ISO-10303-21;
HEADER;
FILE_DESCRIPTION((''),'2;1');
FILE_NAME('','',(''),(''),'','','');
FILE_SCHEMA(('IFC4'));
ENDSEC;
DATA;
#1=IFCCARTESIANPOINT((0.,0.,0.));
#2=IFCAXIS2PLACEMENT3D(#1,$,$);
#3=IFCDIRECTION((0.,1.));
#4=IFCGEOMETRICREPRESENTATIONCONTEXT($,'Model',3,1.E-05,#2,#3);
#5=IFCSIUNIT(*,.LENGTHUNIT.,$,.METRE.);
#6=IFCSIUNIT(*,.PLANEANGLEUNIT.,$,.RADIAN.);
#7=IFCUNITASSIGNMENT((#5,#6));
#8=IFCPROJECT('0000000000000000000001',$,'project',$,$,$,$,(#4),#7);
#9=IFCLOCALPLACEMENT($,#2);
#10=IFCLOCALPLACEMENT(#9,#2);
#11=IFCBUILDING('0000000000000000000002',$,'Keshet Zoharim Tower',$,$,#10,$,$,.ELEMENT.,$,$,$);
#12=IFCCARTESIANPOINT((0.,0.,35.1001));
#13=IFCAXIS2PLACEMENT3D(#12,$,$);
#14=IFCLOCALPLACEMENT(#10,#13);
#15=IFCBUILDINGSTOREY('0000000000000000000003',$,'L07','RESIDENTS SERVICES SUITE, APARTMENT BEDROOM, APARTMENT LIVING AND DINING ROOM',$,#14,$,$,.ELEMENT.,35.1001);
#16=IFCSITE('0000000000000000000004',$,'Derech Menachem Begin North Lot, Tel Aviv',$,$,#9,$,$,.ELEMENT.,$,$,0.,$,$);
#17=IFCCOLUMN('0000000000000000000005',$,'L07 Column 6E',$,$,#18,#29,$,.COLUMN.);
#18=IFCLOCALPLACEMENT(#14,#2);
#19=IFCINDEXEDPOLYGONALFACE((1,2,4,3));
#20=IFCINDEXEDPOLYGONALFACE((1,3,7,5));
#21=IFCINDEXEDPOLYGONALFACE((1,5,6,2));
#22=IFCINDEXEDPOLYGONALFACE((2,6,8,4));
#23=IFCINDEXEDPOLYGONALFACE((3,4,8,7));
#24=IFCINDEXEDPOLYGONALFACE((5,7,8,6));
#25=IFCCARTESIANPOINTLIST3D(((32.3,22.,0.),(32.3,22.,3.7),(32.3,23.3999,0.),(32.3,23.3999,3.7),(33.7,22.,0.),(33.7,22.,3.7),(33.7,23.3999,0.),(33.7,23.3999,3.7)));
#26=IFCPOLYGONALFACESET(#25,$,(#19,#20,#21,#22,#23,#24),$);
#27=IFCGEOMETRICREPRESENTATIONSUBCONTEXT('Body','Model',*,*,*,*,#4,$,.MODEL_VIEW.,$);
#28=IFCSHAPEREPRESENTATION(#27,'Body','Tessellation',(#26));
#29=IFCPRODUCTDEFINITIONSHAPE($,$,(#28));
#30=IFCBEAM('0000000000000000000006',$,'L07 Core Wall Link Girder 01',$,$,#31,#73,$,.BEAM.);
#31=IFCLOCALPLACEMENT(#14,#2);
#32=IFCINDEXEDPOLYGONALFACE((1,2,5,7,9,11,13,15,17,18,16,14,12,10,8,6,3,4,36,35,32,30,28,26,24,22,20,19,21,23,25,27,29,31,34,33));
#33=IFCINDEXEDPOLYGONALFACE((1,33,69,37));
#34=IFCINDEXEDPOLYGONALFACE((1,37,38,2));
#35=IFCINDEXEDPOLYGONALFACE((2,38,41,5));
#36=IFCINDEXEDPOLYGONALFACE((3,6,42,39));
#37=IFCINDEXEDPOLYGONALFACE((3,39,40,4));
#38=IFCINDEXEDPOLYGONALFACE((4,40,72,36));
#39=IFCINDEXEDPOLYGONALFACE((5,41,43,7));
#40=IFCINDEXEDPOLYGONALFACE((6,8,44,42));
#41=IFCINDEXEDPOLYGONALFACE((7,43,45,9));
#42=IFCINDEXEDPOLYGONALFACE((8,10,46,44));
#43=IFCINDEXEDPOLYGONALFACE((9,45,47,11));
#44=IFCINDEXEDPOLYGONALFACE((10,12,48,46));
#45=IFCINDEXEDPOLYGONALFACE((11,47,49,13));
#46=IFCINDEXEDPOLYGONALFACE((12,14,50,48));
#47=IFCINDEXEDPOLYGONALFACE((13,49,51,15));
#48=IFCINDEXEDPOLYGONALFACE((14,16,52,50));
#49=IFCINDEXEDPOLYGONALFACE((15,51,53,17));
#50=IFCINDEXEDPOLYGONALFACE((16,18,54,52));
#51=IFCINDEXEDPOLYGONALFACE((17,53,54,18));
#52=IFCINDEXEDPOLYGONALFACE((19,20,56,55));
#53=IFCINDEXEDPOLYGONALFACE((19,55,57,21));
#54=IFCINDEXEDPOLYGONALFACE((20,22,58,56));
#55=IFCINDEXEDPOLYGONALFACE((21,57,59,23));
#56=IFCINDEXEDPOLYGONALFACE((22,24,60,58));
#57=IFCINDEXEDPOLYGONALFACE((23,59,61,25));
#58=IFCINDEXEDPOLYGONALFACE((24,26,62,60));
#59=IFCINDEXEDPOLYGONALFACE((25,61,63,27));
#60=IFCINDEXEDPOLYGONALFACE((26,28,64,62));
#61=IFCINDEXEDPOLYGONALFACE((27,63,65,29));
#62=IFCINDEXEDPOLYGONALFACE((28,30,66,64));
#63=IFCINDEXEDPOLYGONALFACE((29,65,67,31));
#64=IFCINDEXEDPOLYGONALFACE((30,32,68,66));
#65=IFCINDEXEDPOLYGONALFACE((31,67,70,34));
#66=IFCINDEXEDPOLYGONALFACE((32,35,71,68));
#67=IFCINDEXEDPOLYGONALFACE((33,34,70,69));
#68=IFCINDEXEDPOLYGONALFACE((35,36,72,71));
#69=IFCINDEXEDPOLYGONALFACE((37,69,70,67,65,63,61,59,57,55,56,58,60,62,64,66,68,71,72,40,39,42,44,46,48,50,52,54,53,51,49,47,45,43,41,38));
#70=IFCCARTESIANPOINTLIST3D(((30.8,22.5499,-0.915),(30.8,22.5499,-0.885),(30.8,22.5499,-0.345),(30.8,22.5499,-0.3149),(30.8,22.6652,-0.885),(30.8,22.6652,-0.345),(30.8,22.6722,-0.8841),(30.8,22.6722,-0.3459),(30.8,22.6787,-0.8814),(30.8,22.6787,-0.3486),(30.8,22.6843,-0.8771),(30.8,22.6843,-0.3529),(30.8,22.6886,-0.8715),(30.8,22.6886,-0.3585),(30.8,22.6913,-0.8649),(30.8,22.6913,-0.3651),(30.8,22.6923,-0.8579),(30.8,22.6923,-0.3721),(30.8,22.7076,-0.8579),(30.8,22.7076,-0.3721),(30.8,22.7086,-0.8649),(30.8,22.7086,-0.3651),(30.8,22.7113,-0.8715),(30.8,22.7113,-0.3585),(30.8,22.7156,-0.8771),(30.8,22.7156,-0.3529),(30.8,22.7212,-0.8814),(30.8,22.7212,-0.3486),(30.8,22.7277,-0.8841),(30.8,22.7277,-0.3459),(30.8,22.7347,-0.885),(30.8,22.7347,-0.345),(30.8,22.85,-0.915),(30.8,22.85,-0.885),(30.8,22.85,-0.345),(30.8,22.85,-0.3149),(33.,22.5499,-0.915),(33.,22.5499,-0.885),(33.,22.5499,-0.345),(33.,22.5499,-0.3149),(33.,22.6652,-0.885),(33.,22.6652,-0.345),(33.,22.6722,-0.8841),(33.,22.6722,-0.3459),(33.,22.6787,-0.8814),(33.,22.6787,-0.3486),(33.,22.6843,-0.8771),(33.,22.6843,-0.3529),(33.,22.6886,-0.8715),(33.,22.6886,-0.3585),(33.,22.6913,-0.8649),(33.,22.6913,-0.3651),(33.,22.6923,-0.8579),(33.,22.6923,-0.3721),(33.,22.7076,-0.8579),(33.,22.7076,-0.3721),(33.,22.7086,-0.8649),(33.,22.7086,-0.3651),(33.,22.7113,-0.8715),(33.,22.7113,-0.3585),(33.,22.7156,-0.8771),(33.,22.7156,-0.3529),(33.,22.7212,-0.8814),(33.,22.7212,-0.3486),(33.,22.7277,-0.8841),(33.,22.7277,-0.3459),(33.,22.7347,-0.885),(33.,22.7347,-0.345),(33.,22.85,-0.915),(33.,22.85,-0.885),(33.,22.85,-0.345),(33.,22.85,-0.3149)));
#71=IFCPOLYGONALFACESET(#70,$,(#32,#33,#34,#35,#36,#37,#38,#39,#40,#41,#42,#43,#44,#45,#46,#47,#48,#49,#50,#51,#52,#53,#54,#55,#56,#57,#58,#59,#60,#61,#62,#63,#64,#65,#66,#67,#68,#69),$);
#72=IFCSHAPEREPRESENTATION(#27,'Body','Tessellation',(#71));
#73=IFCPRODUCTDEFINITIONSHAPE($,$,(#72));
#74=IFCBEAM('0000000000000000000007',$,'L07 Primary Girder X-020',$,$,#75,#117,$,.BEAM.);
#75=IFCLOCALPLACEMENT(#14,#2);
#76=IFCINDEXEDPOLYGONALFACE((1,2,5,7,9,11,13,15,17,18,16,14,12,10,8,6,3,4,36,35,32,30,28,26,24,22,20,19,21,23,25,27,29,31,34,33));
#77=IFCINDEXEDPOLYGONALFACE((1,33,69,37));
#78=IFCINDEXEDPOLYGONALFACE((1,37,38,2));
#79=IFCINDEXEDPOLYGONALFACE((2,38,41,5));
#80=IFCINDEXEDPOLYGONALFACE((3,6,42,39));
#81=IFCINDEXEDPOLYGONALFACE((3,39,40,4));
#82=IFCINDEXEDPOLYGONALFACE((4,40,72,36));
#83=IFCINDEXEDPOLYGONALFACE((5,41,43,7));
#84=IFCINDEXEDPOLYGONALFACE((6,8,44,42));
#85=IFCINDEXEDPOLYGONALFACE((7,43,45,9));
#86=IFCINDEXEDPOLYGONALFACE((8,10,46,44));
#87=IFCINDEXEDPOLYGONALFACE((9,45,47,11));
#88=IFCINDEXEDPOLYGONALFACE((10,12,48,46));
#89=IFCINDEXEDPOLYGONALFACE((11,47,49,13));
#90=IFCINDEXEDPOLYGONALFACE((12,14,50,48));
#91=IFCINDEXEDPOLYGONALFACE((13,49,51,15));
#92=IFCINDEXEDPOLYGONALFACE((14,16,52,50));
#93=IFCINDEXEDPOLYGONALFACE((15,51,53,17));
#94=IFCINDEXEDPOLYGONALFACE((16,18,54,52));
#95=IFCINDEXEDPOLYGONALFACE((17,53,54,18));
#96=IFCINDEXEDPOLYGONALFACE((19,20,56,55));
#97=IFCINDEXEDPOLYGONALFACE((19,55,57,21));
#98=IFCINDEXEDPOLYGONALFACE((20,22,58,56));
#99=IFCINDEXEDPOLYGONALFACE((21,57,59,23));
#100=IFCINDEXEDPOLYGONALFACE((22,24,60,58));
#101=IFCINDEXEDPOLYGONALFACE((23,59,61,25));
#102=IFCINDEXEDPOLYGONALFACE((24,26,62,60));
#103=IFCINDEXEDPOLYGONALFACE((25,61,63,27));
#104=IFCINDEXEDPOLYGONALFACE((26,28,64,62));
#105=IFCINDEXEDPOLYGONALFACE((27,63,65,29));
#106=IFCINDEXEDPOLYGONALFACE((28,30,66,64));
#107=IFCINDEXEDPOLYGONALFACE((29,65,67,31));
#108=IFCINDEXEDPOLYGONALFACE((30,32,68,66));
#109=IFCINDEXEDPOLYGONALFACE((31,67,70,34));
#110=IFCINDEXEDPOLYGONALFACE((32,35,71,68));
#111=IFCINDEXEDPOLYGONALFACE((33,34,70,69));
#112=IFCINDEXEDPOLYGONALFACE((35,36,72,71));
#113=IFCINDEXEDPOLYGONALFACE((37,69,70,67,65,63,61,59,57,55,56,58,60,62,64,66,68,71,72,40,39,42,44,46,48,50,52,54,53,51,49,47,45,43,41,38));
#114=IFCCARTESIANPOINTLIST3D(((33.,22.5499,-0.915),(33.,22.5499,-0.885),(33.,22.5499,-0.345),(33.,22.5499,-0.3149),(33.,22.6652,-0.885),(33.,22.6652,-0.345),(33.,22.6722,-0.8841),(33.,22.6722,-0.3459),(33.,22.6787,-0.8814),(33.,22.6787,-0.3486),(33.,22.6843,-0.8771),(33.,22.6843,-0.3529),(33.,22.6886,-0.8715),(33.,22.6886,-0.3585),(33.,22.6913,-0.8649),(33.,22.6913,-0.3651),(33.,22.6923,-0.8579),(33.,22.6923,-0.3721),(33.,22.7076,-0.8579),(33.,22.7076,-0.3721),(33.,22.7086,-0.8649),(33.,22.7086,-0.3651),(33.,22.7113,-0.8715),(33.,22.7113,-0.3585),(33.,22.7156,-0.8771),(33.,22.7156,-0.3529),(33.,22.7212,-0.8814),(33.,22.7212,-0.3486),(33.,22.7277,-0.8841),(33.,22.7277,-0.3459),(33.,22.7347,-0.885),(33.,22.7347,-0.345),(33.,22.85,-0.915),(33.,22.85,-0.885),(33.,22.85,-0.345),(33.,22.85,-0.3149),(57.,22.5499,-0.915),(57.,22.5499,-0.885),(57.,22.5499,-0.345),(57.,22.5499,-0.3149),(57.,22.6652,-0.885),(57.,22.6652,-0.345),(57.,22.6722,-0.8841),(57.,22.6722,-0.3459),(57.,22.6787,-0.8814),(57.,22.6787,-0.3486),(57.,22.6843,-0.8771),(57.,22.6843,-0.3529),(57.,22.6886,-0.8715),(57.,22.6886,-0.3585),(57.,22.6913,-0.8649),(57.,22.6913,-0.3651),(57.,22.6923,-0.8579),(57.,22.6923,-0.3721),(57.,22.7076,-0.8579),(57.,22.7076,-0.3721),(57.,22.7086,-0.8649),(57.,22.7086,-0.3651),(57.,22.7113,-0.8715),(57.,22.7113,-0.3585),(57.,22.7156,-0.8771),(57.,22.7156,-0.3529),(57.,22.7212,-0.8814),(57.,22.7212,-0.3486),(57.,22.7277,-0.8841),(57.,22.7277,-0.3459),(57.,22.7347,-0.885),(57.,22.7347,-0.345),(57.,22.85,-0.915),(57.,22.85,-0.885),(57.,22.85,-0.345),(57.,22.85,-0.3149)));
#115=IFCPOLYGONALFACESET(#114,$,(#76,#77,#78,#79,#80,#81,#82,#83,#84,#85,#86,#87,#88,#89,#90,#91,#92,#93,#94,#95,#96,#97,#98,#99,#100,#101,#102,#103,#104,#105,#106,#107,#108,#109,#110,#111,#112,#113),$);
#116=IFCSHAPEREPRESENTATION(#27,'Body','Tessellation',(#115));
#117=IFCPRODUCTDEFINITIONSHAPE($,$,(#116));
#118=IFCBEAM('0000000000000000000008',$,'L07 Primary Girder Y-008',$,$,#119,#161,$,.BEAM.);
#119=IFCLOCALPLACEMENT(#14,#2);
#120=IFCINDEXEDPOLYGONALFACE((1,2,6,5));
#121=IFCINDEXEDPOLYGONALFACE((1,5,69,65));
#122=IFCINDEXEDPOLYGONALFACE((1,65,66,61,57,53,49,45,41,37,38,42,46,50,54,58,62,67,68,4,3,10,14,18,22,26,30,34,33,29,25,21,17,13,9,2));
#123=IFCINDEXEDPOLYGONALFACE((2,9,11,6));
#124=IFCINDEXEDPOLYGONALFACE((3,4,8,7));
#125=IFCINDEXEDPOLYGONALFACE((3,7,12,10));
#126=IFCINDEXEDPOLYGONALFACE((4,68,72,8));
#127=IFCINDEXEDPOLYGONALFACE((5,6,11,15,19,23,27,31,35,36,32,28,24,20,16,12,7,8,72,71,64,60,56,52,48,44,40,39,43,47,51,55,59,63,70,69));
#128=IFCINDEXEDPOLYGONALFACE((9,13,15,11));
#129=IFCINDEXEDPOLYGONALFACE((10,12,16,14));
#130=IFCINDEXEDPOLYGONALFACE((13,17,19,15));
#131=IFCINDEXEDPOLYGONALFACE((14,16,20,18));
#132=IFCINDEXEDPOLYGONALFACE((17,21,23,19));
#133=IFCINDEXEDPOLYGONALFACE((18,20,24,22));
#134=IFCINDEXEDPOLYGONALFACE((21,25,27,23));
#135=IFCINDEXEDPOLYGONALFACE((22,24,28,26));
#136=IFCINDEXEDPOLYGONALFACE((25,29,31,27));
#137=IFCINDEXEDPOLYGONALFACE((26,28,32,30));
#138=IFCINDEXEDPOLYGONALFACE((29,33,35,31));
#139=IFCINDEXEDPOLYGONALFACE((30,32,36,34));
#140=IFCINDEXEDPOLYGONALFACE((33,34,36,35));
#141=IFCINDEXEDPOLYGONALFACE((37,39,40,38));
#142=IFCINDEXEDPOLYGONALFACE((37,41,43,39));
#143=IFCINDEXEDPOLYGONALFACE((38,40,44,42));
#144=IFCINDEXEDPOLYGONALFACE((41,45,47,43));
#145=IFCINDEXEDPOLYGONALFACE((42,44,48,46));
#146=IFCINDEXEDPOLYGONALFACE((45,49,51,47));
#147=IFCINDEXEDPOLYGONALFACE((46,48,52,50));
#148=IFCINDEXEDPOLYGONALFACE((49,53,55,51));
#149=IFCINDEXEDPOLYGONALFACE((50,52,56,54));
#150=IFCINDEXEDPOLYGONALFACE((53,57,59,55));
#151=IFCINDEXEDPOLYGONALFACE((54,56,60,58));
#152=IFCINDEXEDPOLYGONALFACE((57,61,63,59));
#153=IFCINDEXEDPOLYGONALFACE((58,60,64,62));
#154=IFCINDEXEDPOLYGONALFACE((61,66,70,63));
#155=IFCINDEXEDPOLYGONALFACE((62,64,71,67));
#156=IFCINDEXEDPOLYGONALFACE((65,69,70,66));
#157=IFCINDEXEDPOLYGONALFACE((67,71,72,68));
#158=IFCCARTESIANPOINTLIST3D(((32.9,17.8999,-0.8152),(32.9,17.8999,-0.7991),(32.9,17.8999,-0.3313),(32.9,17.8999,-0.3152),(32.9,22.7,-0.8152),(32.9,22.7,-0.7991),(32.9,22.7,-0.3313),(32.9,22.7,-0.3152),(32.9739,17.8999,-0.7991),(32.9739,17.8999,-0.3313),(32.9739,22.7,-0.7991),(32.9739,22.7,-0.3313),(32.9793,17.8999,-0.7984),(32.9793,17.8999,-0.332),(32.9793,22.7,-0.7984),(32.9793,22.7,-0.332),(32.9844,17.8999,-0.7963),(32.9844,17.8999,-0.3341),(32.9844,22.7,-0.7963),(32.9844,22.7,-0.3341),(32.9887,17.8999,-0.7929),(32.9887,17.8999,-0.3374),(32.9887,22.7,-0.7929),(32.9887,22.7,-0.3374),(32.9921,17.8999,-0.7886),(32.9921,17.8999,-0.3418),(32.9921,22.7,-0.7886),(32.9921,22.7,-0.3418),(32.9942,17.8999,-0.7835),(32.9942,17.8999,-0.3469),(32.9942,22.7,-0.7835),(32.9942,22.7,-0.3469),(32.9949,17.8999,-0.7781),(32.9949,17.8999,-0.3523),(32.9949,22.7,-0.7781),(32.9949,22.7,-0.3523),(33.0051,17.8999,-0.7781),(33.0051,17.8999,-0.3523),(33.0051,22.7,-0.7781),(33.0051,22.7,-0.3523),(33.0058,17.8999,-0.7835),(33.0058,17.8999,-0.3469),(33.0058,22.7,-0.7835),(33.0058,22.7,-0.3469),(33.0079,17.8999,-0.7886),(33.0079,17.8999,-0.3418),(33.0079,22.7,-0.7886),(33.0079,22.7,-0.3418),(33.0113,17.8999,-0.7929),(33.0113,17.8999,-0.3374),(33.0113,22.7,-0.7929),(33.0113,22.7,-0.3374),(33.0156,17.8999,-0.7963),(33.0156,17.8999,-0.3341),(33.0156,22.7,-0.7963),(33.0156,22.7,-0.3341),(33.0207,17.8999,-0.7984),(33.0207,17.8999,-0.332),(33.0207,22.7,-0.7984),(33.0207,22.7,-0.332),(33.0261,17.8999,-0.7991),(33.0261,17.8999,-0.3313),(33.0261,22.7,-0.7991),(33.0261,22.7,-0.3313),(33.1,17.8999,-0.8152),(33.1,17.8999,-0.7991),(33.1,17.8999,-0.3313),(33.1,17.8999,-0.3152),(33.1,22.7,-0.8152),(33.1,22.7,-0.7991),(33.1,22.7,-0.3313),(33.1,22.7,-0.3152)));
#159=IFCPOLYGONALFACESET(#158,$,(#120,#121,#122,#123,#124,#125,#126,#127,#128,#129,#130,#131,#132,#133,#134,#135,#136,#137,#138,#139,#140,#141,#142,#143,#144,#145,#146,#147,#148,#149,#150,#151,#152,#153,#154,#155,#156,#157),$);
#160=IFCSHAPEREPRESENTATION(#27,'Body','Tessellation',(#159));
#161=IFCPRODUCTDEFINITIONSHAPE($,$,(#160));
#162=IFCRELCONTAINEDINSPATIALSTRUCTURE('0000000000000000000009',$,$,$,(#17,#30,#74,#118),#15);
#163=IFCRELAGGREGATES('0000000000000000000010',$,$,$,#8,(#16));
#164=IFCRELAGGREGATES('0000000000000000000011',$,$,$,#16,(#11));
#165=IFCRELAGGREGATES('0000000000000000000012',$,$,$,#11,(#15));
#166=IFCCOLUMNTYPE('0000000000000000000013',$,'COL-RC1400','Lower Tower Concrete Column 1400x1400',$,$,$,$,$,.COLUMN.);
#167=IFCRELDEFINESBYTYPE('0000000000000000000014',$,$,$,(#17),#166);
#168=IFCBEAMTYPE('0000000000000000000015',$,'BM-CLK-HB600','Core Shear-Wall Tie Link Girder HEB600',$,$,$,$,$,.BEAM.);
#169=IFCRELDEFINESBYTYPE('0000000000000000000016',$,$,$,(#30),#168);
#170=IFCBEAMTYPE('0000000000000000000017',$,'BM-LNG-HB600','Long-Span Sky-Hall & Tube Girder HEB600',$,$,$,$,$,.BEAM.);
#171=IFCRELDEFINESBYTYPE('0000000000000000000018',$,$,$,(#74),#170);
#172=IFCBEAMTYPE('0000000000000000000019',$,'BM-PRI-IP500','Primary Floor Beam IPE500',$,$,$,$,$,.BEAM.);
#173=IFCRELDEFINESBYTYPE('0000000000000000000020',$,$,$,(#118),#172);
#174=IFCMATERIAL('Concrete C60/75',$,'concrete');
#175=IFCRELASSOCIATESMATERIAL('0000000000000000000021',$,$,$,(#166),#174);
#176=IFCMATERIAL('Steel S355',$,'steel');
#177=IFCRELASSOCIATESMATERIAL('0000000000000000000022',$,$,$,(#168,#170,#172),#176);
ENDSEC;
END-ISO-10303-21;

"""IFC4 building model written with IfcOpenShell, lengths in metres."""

from ifc_helpers import new_model, si_unit, direction, frame, origin, origin_2d, place, context, subcontext, project, spatial, rectangle, i_section, extrude, material, material_profile, profile_set, type_object, element, save


model = new_model("IFC4")

# Units and contexts
model_context = context("Model", 3, precision=1e-05, world=origin(), true_north=direction((0.0, 1.0)))
body_context = subcontext(model_context, "Body", "Model", "MODEL_VIEW")
ifc_project = project(units=[si_unit("LENGTHUNIT", "METRE"), si_unit("PLANEANGLEUNIT", "RADIAN")], contexts=[model_context])

# Site, building, storey
site_placement = place(None, origin())
site = spatial("IfcSite", under=ifc_project, at=site_placement, Name="Derech Menachem Begin North Lot, Tel Aviv", CompositionType="ELEMENT", RefElevation=0.0)
building_placement = place(site_placement, origin())
building = spatial("IfcBuilding", under=site, at=building_placement, Name="Keshet Zoharim Tower", CompositionType="ELEMENT")
storey_placement = place(building_placement, frame((0.0, 0.0, 35.1001)))
storey = spatial("IfcBuildingStorey", under=building, at=storey_placement, Name="L07", Description="RESIDENTS SERVICES SUITE, APARTMENT BEDROOM, APARTMENT LIVING AND DINING ROOM", CompositionType="ELEMENT", Elevation=35.1001)

# Column
ifc_material_1 = material(Name="Concrete C60/75", Category="concrete")
ifc_material_profile_1 = material_profile(ifc_material_1, rectangle(XDim=1.3999, YDim=1.3999, at=origin_2d()), Name="RC1400x1400")
ifc_profile_set_1 = profile_set([ifc_material_profile_1], Name="Concrete C60/75")
column_type = type_object("IfcColumnType", Name="COL-RC1400", Description="Lower Tower Concrete Column 1400x1400", PredefinedType="COLUMN", material=ifc_profile_set_1)
column_placement = place(storey_placement, frame((33.0, 22.7, 0.0), z_axis=(0.0, 0.0, 1.0), x_axis=(1.0, 0.0, 0.0)))
element("IfcColumn", 1, at=column_placement, inside=storey, type_object=column_type, Name="L07 Column 6E", PredefinedType="COLUMN", context=body_context, shape_type="SweptSolid", body=[
    extrude(rectangle(XDim=1.3999, YDim=1.3999, at=origin_2d()), origin(), (0.0, 0.0, 1.0), 3.7),
])

# Beams
ifc_material_2 = material(Name="Steel S355", Category="steel")
ifc_material_profile_2 = material_profile(ifc_material_2, i_section(OverallWidth=0.3, OverallDepth=0.6001, WebThickness=0.0154, FlangeThickness=0.03, FilletRadius=0.0271, at=origin_2d()), Name="HEB600")
ifc_profile_set_2 = profile_set([ifc_material_profile_2], Name="Steel S355")
beam_type_1 = type_object("IfcBeamType", Name="BM-CLK-HB600", Description="Core Shear-Wall Tie Link Girder HEB600", PredefinedType="BEAM", material=ifc_profile_set_2)
beam_1_placement = place(storey_placement, frame((30.8, 22.7, -0.615), z_axis=(1.0, 0.0, 0.0), x_axis=(0.0, 1.0, 0.0)))
element("IfcBeam", 2, at=beam_1_placement, inside=storey, type_object=beam_type_1, Name="L07 Core Wall Link Girder 01", PredefinedType="BEAM", context=body_context, shape_type="SweptSolid", body=[
    extrude(i_section(OverallWidth=0.3, OverallDepth=0.6001, WebThickness=0.0154, FlangeThickness=0.03, FilletRadius=0.0271, at=origin_2d()), origin(), (0.0, 0.0, 1.0), 2.2),
])
ifc_material_profile_3 = material_profile(ifc_material_2, i_section(OverallWidth=0.3, OverallDepth=0.6001, WebThickness=0.0154, FlangeThickness=0.03, FilletRadius=0.0271, at=origin_2d()), Name="HEB600")
ifc_profile_set_3 = profile_set([ifc_material_profile_3], Name="Steel S355")
beam_type_2 = type_object("IfcBeamType", Name="BM-LNG-HB600", Description="Long-Span Sky-Hall & Tube Girder HEB600", PredefinedType="BEAM", material=ifc_profile_set_3)
beam_2_placement = place(storey_placement, frame((33.0, 22.7, -0.615), z_axis=(1.0, 0.0, 0.0), x_axis=(0.0, 1.0, 0.0)))
element("IfcBeam", 3, at=beam_2_placement, inside=storey, type_object=beam_type_2, Name="L07 Primary Girder X-020", PredefinedType="BEAM", context=body_context, shape_type="SweptSolid", body=[
    extrude(i_section(OverallWidth=0.3, OverallDepth=0.6001, WebThickness=0.0154, FlangeThickness=0.03, FilletRadius=0.0271, at=origin_2d()), origin(), (0.0, 0.0, 1.0), 24.0),
])
ifc_material_profile_4 = material_profile(ifc_material_2, i_section(OverallWidth=0.2, OverallDepth=0.5, WebThickness=0.0103, FlangeThickness=0.0161, FilletRadius=0.021, at=origin_2d()), Name="IPE500")
ifc_profile_set_4 = profile_set([ifc_material_profile_4], Name="Steel S355")
beam_type_3 = type_object("IfcBeamType", Name="BM-PRI-IP500", Description="Primary Floor Beam IPE500", PredefinedType="BEAM", material=ifc_profile_set_4)
beam_3_placement = place(storey_placement, frame((33.0, 17.8999, -0.5652), z_axis=(0.0, 1.0, 0.0), x_axis=(-1.0, 0.0, 0.0)))
element("IfcBeam", 4, at=beam_3_placement, inside=storey, type_object=beam_type_3, Name="L07 Primary Girder Y-008", PredefinedType="BEAM", context=body_context, shape_type="SweptSolid", body=[
    extrude(i_section(OverallWidth=0.2, OverallDepth=0.5, WebThickness=0.0103, FlangeThickness=0.0161, FilletRadius=0.021, at=origin_2d()), origin(), (0.0, 0.0, 1.0), 4.8),
])

save(model, "model.ifc")
